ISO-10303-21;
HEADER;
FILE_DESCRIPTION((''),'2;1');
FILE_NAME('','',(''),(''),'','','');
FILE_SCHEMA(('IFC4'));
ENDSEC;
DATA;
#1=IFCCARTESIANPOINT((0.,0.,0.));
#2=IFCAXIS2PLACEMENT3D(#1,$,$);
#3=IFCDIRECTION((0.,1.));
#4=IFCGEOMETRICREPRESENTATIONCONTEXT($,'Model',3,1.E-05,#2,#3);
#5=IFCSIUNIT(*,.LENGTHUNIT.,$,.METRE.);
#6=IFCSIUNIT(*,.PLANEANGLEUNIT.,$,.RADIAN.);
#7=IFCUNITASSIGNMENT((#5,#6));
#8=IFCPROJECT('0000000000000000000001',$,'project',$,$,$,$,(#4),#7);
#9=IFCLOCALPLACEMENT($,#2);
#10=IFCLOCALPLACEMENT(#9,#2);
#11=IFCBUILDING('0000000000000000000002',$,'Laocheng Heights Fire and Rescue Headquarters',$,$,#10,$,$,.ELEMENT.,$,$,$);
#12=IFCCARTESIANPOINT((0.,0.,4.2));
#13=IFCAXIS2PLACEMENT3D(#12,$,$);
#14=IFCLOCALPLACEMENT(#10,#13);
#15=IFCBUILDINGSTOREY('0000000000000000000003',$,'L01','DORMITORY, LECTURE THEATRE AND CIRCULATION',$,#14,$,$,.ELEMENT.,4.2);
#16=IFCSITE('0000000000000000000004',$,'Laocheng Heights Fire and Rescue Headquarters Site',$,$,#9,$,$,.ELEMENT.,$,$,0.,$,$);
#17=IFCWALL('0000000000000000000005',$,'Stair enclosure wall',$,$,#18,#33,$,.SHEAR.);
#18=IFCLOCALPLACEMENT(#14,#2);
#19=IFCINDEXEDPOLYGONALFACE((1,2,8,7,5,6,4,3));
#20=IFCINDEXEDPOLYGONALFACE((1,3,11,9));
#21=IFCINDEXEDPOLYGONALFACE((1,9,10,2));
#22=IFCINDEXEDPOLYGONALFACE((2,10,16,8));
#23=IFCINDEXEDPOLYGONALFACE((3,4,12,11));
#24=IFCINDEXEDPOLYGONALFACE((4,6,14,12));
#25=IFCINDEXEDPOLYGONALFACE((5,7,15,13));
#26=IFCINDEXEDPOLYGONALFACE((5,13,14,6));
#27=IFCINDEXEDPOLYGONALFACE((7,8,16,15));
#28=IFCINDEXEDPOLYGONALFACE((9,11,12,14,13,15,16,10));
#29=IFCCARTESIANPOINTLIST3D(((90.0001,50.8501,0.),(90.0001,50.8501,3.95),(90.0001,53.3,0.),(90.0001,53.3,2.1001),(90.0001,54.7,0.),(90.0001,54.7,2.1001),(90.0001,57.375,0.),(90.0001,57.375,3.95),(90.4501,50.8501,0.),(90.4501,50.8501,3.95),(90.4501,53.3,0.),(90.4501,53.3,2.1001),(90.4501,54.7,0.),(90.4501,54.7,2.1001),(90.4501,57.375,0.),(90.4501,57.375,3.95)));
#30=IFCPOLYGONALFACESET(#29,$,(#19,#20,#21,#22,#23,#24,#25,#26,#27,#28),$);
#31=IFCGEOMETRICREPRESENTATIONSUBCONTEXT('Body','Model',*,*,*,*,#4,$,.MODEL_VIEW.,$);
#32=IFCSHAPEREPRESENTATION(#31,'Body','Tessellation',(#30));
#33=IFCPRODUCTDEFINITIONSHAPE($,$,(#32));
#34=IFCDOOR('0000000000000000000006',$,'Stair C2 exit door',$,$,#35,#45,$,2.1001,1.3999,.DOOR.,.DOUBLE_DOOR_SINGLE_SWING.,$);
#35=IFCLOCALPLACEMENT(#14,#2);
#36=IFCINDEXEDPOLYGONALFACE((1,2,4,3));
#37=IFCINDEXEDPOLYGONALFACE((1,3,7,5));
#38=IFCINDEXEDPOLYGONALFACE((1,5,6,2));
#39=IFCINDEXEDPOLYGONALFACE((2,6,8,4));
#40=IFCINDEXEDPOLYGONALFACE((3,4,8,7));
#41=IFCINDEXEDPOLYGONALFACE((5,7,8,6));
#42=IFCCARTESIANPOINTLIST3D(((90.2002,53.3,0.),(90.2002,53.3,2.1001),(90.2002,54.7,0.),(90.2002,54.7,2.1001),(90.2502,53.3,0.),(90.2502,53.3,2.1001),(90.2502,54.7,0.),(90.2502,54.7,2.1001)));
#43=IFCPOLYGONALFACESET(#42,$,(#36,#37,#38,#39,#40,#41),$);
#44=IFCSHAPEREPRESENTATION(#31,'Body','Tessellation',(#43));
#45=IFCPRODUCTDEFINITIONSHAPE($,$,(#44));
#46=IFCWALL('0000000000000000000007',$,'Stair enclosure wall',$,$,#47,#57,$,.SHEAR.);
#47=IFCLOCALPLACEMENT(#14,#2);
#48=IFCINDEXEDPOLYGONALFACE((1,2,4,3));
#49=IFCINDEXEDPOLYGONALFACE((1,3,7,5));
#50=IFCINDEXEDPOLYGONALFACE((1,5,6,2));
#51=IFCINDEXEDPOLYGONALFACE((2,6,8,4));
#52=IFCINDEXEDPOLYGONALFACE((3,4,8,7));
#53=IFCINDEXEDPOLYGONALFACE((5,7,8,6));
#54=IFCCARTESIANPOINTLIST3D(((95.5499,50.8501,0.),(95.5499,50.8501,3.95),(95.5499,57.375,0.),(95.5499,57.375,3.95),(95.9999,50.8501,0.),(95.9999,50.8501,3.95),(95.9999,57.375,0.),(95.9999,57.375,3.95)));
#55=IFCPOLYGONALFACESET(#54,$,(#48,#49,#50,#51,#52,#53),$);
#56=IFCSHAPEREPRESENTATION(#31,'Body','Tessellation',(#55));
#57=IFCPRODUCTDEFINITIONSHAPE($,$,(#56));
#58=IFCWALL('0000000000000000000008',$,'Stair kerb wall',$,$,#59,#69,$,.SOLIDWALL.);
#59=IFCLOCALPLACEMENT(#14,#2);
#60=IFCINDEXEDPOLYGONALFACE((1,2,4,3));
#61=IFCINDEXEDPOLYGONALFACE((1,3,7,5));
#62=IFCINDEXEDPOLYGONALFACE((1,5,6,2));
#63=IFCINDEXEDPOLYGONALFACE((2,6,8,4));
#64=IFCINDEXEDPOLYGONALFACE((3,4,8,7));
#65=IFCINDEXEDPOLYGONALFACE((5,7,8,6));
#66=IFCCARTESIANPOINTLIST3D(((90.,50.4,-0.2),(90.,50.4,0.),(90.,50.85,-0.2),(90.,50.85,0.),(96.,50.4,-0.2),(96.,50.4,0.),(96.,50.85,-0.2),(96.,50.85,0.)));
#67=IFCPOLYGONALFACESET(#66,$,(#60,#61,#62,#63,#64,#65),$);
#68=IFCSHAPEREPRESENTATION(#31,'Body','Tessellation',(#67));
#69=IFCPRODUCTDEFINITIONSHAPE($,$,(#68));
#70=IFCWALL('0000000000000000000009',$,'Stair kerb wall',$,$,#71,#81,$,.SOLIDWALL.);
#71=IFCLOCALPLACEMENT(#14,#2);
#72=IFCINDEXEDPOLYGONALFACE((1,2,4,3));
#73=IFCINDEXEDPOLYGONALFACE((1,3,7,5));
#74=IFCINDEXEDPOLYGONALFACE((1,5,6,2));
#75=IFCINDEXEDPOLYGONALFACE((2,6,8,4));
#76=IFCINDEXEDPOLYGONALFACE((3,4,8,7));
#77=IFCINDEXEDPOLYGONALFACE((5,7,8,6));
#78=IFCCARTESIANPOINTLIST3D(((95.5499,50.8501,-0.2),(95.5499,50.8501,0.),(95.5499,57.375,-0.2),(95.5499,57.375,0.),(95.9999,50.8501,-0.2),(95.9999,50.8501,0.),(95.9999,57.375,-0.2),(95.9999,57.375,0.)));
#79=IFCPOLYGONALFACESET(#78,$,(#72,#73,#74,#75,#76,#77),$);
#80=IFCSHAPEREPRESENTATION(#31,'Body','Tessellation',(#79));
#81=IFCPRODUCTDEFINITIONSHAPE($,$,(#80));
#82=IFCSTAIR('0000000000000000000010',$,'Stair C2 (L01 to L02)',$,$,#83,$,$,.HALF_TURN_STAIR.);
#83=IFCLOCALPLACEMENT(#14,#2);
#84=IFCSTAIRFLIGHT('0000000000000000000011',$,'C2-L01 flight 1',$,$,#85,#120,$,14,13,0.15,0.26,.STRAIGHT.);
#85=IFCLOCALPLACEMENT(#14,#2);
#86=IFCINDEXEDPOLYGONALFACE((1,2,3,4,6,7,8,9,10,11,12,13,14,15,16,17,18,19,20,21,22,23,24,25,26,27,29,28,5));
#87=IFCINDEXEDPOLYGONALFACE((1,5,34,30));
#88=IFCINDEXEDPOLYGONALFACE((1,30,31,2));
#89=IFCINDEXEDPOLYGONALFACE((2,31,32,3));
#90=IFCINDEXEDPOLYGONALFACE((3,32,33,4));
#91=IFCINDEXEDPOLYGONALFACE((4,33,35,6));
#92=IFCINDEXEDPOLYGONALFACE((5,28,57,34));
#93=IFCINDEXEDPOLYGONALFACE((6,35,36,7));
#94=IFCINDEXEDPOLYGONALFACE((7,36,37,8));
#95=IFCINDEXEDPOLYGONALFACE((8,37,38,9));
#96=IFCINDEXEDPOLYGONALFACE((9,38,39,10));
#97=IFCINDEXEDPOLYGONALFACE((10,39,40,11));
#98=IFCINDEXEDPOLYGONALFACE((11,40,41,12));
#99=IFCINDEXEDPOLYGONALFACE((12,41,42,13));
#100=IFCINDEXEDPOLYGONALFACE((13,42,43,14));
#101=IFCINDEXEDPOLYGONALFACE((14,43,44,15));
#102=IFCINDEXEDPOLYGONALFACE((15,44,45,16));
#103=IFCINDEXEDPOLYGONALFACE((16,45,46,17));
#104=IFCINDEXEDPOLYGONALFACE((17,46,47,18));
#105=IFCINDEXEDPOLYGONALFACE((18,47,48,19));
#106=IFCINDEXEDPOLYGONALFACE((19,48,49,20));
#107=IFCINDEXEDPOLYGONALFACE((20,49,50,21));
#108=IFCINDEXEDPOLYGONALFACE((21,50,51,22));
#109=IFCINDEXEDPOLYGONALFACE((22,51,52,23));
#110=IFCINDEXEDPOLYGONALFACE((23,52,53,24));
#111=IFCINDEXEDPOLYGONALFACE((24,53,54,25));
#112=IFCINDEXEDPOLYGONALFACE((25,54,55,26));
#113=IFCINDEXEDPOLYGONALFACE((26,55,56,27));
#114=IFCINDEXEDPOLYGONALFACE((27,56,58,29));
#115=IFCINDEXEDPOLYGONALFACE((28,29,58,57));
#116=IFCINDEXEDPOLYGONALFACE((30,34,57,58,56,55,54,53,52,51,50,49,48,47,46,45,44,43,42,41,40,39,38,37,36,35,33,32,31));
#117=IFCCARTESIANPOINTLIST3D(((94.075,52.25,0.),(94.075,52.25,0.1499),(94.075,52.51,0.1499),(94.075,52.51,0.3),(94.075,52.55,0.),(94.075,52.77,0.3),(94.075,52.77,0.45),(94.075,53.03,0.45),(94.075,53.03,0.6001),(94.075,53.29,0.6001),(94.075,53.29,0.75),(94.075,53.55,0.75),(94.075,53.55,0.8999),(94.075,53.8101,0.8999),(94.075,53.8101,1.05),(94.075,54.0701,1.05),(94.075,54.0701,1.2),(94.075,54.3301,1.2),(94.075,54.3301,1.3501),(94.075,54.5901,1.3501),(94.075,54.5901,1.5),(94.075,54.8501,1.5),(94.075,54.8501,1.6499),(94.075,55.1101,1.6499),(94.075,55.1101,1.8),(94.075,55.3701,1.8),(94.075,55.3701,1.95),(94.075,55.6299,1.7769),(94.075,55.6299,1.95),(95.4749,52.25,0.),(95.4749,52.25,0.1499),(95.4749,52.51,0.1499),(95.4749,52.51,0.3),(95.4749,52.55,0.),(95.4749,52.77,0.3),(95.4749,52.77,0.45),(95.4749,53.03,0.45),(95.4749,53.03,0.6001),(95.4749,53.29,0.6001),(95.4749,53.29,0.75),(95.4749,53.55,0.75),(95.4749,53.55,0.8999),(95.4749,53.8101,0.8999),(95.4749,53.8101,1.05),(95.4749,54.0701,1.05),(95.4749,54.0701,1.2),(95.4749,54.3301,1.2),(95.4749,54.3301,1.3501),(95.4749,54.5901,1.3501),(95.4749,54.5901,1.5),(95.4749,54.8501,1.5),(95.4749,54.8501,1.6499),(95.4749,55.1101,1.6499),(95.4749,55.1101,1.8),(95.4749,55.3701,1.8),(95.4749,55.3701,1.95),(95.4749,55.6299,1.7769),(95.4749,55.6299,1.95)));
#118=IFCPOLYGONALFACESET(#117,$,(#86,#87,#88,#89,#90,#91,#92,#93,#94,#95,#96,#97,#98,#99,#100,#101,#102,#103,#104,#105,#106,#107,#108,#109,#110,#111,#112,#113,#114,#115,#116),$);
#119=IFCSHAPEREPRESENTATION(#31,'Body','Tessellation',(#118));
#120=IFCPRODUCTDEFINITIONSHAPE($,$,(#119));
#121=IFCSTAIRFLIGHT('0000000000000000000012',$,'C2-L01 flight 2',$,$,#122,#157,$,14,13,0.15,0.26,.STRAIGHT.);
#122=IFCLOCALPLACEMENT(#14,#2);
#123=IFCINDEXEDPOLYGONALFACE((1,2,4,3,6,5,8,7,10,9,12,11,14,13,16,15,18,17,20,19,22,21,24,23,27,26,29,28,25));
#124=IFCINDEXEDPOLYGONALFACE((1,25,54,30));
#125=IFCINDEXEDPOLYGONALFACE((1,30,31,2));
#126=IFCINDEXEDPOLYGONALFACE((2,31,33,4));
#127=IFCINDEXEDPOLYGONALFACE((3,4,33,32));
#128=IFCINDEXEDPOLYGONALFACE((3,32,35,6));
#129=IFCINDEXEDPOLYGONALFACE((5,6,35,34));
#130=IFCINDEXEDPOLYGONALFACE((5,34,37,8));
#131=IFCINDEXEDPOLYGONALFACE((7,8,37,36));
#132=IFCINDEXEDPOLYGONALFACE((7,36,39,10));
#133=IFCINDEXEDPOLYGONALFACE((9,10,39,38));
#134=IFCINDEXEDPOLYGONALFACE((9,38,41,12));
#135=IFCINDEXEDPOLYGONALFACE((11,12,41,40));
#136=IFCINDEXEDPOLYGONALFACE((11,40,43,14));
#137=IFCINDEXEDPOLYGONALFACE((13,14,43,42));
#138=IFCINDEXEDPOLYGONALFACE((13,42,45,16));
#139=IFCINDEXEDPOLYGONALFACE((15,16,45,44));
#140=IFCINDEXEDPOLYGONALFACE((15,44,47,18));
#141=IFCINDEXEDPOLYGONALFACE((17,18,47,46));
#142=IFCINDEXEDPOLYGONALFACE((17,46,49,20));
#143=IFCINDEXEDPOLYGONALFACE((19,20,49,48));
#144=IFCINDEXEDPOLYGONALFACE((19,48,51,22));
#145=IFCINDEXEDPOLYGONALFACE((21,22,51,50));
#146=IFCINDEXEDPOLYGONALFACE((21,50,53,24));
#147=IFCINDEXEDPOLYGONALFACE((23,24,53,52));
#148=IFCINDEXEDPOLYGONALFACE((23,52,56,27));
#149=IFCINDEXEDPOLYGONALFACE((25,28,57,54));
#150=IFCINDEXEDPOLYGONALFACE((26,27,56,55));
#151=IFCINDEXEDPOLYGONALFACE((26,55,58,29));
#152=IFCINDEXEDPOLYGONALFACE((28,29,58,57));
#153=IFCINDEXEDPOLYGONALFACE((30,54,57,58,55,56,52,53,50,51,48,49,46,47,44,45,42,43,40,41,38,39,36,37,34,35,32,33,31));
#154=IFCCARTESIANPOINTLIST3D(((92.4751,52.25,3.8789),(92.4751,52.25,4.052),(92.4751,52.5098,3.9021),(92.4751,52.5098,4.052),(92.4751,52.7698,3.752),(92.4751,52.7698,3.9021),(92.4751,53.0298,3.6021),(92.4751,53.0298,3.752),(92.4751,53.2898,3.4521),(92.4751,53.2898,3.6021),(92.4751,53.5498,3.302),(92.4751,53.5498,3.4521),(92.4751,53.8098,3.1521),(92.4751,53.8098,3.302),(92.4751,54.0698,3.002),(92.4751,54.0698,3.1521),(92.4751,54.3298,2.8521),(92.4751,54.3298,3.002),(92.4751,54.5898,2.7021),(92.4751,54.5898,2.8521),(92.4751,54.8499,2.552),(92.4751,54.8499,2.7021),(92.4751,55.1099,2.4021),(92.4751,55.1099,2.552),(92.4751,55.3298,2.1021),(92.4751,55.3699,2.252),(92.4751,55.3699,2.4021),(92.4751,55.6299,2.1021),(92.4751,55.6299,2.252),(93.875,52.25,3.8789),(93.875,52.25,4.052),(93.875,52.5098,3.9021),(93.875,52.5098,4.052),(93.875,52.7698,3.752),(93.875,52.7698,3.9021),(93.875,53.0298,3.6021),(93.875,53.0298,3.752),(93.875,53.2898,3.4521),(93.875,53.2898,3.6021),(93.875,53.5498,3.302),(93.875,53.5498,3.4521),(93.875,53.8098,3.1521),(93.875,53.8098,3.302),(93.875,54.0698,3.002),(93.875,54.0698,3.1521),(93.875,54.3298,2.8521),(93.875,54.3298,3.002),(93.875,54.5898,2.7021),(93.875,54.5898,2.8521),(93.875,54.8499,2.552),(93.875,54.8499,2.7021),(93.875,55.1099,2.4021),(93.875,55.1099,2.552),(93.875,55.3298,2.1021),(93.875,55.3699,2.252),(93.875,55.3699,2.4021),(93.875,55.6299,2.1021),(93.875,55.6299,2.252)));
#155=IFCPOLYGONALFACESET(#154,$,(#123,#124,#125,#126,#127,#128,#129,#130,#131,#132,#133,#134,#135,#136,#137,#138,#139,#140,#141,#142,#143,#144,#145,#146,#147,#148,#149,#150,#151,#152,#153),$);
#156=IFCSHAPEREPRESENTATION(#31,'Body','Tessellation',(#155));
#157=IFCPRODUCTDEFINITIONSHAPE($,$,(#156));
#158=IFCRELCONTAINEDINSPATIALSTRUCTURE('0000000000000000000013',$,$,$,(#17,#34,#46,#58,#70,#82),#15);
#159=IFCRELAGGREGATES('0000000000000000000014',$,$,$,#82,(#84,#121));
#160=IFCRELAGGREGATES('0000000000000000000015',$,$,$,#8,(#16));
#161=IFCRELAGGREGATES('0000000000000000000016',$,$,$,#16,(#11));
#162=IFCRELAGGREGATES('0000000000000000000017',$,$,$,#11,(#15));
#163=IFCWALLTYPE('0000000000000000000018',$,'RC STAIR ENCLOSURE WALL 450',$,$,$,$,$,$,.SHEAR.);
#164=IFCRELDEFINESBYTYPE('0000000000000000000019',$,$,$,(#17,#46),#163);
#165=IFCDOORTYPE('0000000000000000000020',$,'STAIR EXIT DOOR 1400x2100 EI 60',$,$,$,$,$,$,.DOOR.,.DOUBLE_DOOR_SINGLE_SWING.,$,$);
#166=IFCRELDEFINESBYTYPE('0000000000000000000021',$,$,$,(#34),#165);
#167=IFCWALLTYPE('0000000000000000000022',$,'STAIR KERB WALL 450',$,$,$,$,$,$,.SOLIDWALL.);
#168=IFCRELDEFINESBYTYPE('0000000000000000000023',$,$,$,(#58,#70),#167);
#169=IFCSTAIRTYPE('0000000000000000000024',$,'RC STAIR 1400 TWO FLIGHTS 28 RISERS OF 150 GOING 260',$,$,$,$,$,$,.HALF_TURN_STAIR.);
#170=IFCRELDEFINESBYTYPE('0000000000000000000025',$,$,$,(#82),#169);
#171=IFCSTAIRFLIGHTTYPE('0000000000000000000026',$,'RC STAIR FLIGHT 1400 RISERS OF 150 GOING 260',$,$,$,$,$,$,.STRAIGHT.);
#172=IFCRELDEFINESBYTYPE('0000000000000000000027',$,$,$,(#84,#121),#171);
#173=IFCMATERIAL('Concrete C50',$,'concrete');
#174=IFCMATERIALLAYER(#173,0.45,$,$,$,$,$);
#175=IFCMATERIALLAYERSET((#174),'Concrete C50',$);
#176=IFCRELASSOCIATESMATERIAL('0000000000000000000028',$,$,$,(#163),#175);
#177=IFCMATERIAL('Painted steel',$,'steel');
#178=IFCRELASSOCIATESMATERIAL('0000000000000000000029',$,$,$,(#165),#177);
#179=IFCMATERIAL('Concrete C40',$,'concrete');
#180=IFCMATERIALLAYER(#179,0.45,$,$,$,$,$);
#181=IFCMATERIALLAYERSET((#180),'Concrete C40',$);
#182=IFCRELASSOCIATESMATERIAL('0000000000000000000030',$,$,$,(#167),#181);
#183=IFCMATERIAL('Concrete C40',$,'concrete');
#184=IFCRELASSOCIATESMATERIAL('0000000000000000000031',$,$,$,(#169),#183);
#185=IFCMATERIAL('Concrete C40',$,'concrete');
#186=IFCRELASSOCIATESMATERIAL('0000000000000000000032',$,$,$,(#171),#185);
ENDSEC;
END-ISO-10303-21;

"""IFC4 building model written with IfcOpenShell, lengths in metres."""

from ifc_helpers import new_model, si_unit, direction, frame, frame_2d, origin, place, context, subcontext, project, spatial, polyline, rectangle, outline, extrude, material, layer, layer_set, type_object, element, fill, aggregate, save


model = new_model("IFC4")

# Units and contexts
model_context = context("Model", 3, precision=1e-05, world=origin(), true_north=direction((0.0, 1.0)))
body_context = subcontext(model_context, "Body", "Model", "MODEL_VIEW")
ifc_project = project(units=[si_unit("LENGTHUNIT", "METRE"), si_unit("PLANEANGLEUNIT", "RADIAN")], contexts=[model_context])

# Site, building, storey
site_placement = place(None, origin())
site = spatial("IfcSite", under=ifc_project, at=site_placement, Name="Laocheng Heights Fire and Rescue Headquarters Site", CompositionType="ELEMENT", RefElevation=0.0)
building_placement = place(site_placement, origin())
building = spatial("IfcBuilding", under=site, at=building_placement, Name="Laocheng Heights Fire and Rescue Headquarters", CompositionType="ELEMENT")
storey_placement = place(building_placement, frame((0.0, 0.0, 4.2)))
storey = spatial("IfcBuildingStorey", under=building, at=storey_placement, Name="L01", Description="DORMITORY, LECTURE THEATRE AND CIRCULATION", CompositionType="ELEMENT", Elevation=4.2)

# Wall, opening, door
ifc_material_1 = material(Name="Concrete C50", Category="concrete")
ifc_layer_1 = layer(ifc_material_1, 0.45)
ifc_layer_set_1 = layer_set([ifc_layer_1], Name="Concrete C50")
wall_type_1 = type_object("IfcWallType", Name="RC STAIR ENCLOSURE WALL 450", PredefinedType="SHEAR", material=ifc_layer_set_1)
wall_1_placement = place(storey_placement, frame((90.2251, 50.8501, 0.0), z_axis=(0.0, 0.0, 1.0), x_axis=(0.0, 1.0, 0.0)))
wall_1 = element("IfcWall", 1, at=wall_1_placement, inside=storey, type_object=wall_type_1, Name="Stair enclosure wall", PredefinedType="SHEAR", context=body_context, shape_type="SweptSolid", body=[
    extrude(rectangle(XDim=6.5249, YDim=0.45, at=frame_2d((3.2625, 0.0))), origin(), (0.0, 0.0, 1.0), 3.95),
])
opening_1_placement = place(wall_1_placement, frame((2.45, 0.0, 0.0)))
opening_1 = element("IfcOpeningElement", 2, at=opening_1_placement, cuts=wall_1, PredefinedType="OPENING", context=body_context, shape_type="SweptSolid", body=[
    extrude(rectangle(XDim=1.3999, YDim=2.1001, at=frame_2d((0.7, 1.05))), frame((0.0, 0.2349, 0.0), z_axis=(0.0, -1.0, 0.0), x_axis=(1.0, 0.0, 0.0)), (0.0, 0.0, 1.0), 0.47),
])
ifc_material_2 = material(Name="Painted steel", Category="steel")
door_type_1 = type_object("IfcDoorType", Name="STAIR EXIT DOOR 1400x2100 EI 60", OperationType="DOUBLE_DOOR_SINGLE_SWING", PredefinedType="DOOR", material=ifc_material_2)
door_1_placement = place(opening_1_placement, origin())
door_1 = element("IfcDoor", 3, at=door_1_placement, inside=storey, type_object=door_type_1, Name="Stair C2 exit door", OperationType="DOUBLE_DOOR_SINGLE_SWING", OverallHeight=2.1001, OverallWidth=1.3999, PredefinedType="DOOR", context=body_context, shape_type="SweptSolid", body=[
    extrude(rectangle(XDim=1.3999, YDim=2.1001, at=frame_2d((0.7, 1.05))), frame((0.0, 0.0249, 0.0), z_axis=(0.0, -1.0, 0.0), x_axis=(1.0, 0.0, 0.0)), (0.0, 0.0, 1.0), 0.05),
])
fill(opening_1, door_1)

# Walls
wall_2_placement = place(storey_placement, frame((95.7749, 50.8501, 0.0), z_axis=(0.0, 0.0, 1.0), x_axis=(0.0, 1.0, 0.0)))
element("IfcWall", 4, at=wall_2_placement, inside=storey, type_object=wall_type_1, Name="Stair enclosure wall", PredefinedType="SHEAR", context=body_context, shape_type="SweptSolid", body=[
    extrude(rectangle(XDim=6.5249, YDim=0.45, at=frame_2d((3.2625, 0.0))), origin(), (0.0, 0.0, 1.0), 3.95),
])
ifc_material_3 = material(Name="Concrete C40", Category="concrete")
ifc_layer_2 = layer(ifc_material_3, 0.45)
ifc_layer_set_2 = layer_set([ifc_layer_2], Name="Concrete C40")
wall_type_2 = type_object("IfcWallType", Name="STAIR KERB WALL 450", PredefinedType="SOLIDWALL", material=ifc_layer_set_2)
wall_3_placement = place(storey_placement, frame((90.0, 50.625, -0.2), z_axis=(0.0, 0.0, 1.0), x_axis=(1.0, 0.0, 0.0)))
element("IfcWall", 5, at=wall_3_placement, inside=storey, type_object=wall_type_2, Name="Stair kerb wall", PredefinedType="SOLIDWALL", context=body_context, shape_type="SweptSolid", body=[
    extrude(rectangle(XDim=6.0, YDim=0.45, at=frame_2d((3.0, 0.0))), origin(), (0.0, 0.0, 1.0), 0.2),
])
wall_4_placement = place(storey_placement, frame((95.7749, 50.8501, -0.2), z_axis=(0.0, 0.0, 1.0), x_axis=(0.0, 1.0, 0.0)))
element("IfcWall", 6, at=wall_4_placement, inside=storey, type_object=wall_type_2, Name="Stair kerb wall", PredefinedType="SOLIDWALL", context=body_context, shape_type="SweptSolid", body=[
    extrude(rectangle(XDim=6.5249, YDim=0.45, at=frame_2d((3.2625, 0.0))), origin(), (0.0, 0.0, 1.0), 0.2),
])

# Stair, stair flights
ifc_material_4 = material(Name="Concrete C40", Category="concrete")
stair_type = type_object("IfcStairType", Name="RC STAIR 1400 TWO FLIGHTS 28 RISERS OF 150 GOING 260", PredefinedType="HALF_TURN_STAIR", material=ifc_material_4)
stair_placement = place(storey_placement, origin())
stair = element("IfcStair", 7, at=stair_placement, inside=storey, type_object=stair_type, Name="Stair C2 (L01 to L02)", PredefinedType="HALF_TURN_STAIR")
ifc_material_5 = material(Name="Concrete C40", Category="concrete")
stair_flight_type = type_object("IfcStairFlightType", Name="RC STAIR FLIGHT 1400 RISERS OF 150 GOING 260", PredefinedType="STRAIGHT", material=ifc_material_5)
stair_flight_1_placement = place(storey_placement, frame((94.7749, 52.25, 0.0), z_axis=(0.0, 0.0, 1.0), x_axis=(0.0, 1.0, 0.0)))
stair_flight_1 = element("IfcStairFlight", 8, at=stair_flight_1_placement, type_object=stair_flight_type, Name="C2-L01 flight 1", NumberOfRisers=14, NumberOfTreads=13, PredefinedType="STRAIGHT", RiserHeight=0.15, TreadLength=0.26, context=body_context, shape_type="SweptSolid", body=[
    extrude(outline(polyline([(0.0, 0.0), (0.0, 0.1499), (0.26, 0.1499), (0.26, 0.3), (0.52, 0.3), (0.52, 0.45), (0.78, 0.45), (0.78, 0.6001), (1.04, 0.6001), (1.04, 0.75), (1.3, 0.75), (1.3, 0.8999), (1.5601, 0.8999), (1.5601, 1.05), (1.8201, 1.05), (1.8201, 1.2), (2.0801, 1.2), (2.0801, 1.3501), (2.3401, 1.3501), (2.3401, 1.5), (2.6001, 1.5), (2.6001, 1.6499), (2.8601, 1.6499), (2.8601, 1.8), (3.1201, 1.8), (3.1201, 1.95), (3.3799, 1.95), (3.3799, 2.1001), (3.3799, 1.7769), (0.3, 0.0), (0.0, 0.0)])), frame((0.0, 0.7, 0.0), z_axis=(0.0, -1.0, 0.0), x_axis=(1.0, 0.0, 0.0)), (0.0, 0.0, 1.0), 1.3999),
])
stair_flight_2_placement = place(storey_placement, frame((93.175, 55.6299, 2.1021), z_axis=(0.0, 0.0, 1.0), x_axis=(0.0, -1.0, 0.0)))
stair_flight_2 = element("IfcStairFlight", 9, at=stair_flight_2_placement, type_object=stair_flight_type, Name="C2-L01 flight 2", NumberOfRisers=14, NumberOfTreads=13, PredefinedType="STRAIGHT", RiserHeight=0.15, TreadLength=0.26, context=body_context, shape_type="SweptSolid", body=[
    extrude(outline(polyline([(0.0, 0.0), (0.0, 0.1499), (0.26, 0.1499), (0.26, 0.3), (0.52, 0.3), (0.52, 0.45), (0.78, 0.45), (0.78, 0.6001), (1.04, 0.6001), (1.04, 0.75), (1.3, 0.75), (1.3, 0.8999), (1.5601, 0.8999), (1.5601, 1.05), (1.8201, 1.05), (1.8201, 1.2), (2.0801, 1.2), (2.0801, 1.3501), (2.3401, 1.3501), (2.3401, 1.5), (2.6001, 1.5), (2.6001, 1.6499), (2.8601, 1.6499), (2.8601, 1.8), (3.1201, 1.8), (3.1201, 1.95), (3.3799, 1.95), (3.3799, 2.1001), (3.3799, 1.7769), (0.3, 0.0), (0.0, 0.0)])), frame((0.0, 0.7, 0.0), z_axis=(0.0, -1.0, 0.0), x_axis=(1.0, 0.0, 0.0)), (0.0, 0.0, 1.0), 1.3999),
])
aggregate(stair, [stair_flight_1, stair_flight_2])

save(model, "model.ifc")
